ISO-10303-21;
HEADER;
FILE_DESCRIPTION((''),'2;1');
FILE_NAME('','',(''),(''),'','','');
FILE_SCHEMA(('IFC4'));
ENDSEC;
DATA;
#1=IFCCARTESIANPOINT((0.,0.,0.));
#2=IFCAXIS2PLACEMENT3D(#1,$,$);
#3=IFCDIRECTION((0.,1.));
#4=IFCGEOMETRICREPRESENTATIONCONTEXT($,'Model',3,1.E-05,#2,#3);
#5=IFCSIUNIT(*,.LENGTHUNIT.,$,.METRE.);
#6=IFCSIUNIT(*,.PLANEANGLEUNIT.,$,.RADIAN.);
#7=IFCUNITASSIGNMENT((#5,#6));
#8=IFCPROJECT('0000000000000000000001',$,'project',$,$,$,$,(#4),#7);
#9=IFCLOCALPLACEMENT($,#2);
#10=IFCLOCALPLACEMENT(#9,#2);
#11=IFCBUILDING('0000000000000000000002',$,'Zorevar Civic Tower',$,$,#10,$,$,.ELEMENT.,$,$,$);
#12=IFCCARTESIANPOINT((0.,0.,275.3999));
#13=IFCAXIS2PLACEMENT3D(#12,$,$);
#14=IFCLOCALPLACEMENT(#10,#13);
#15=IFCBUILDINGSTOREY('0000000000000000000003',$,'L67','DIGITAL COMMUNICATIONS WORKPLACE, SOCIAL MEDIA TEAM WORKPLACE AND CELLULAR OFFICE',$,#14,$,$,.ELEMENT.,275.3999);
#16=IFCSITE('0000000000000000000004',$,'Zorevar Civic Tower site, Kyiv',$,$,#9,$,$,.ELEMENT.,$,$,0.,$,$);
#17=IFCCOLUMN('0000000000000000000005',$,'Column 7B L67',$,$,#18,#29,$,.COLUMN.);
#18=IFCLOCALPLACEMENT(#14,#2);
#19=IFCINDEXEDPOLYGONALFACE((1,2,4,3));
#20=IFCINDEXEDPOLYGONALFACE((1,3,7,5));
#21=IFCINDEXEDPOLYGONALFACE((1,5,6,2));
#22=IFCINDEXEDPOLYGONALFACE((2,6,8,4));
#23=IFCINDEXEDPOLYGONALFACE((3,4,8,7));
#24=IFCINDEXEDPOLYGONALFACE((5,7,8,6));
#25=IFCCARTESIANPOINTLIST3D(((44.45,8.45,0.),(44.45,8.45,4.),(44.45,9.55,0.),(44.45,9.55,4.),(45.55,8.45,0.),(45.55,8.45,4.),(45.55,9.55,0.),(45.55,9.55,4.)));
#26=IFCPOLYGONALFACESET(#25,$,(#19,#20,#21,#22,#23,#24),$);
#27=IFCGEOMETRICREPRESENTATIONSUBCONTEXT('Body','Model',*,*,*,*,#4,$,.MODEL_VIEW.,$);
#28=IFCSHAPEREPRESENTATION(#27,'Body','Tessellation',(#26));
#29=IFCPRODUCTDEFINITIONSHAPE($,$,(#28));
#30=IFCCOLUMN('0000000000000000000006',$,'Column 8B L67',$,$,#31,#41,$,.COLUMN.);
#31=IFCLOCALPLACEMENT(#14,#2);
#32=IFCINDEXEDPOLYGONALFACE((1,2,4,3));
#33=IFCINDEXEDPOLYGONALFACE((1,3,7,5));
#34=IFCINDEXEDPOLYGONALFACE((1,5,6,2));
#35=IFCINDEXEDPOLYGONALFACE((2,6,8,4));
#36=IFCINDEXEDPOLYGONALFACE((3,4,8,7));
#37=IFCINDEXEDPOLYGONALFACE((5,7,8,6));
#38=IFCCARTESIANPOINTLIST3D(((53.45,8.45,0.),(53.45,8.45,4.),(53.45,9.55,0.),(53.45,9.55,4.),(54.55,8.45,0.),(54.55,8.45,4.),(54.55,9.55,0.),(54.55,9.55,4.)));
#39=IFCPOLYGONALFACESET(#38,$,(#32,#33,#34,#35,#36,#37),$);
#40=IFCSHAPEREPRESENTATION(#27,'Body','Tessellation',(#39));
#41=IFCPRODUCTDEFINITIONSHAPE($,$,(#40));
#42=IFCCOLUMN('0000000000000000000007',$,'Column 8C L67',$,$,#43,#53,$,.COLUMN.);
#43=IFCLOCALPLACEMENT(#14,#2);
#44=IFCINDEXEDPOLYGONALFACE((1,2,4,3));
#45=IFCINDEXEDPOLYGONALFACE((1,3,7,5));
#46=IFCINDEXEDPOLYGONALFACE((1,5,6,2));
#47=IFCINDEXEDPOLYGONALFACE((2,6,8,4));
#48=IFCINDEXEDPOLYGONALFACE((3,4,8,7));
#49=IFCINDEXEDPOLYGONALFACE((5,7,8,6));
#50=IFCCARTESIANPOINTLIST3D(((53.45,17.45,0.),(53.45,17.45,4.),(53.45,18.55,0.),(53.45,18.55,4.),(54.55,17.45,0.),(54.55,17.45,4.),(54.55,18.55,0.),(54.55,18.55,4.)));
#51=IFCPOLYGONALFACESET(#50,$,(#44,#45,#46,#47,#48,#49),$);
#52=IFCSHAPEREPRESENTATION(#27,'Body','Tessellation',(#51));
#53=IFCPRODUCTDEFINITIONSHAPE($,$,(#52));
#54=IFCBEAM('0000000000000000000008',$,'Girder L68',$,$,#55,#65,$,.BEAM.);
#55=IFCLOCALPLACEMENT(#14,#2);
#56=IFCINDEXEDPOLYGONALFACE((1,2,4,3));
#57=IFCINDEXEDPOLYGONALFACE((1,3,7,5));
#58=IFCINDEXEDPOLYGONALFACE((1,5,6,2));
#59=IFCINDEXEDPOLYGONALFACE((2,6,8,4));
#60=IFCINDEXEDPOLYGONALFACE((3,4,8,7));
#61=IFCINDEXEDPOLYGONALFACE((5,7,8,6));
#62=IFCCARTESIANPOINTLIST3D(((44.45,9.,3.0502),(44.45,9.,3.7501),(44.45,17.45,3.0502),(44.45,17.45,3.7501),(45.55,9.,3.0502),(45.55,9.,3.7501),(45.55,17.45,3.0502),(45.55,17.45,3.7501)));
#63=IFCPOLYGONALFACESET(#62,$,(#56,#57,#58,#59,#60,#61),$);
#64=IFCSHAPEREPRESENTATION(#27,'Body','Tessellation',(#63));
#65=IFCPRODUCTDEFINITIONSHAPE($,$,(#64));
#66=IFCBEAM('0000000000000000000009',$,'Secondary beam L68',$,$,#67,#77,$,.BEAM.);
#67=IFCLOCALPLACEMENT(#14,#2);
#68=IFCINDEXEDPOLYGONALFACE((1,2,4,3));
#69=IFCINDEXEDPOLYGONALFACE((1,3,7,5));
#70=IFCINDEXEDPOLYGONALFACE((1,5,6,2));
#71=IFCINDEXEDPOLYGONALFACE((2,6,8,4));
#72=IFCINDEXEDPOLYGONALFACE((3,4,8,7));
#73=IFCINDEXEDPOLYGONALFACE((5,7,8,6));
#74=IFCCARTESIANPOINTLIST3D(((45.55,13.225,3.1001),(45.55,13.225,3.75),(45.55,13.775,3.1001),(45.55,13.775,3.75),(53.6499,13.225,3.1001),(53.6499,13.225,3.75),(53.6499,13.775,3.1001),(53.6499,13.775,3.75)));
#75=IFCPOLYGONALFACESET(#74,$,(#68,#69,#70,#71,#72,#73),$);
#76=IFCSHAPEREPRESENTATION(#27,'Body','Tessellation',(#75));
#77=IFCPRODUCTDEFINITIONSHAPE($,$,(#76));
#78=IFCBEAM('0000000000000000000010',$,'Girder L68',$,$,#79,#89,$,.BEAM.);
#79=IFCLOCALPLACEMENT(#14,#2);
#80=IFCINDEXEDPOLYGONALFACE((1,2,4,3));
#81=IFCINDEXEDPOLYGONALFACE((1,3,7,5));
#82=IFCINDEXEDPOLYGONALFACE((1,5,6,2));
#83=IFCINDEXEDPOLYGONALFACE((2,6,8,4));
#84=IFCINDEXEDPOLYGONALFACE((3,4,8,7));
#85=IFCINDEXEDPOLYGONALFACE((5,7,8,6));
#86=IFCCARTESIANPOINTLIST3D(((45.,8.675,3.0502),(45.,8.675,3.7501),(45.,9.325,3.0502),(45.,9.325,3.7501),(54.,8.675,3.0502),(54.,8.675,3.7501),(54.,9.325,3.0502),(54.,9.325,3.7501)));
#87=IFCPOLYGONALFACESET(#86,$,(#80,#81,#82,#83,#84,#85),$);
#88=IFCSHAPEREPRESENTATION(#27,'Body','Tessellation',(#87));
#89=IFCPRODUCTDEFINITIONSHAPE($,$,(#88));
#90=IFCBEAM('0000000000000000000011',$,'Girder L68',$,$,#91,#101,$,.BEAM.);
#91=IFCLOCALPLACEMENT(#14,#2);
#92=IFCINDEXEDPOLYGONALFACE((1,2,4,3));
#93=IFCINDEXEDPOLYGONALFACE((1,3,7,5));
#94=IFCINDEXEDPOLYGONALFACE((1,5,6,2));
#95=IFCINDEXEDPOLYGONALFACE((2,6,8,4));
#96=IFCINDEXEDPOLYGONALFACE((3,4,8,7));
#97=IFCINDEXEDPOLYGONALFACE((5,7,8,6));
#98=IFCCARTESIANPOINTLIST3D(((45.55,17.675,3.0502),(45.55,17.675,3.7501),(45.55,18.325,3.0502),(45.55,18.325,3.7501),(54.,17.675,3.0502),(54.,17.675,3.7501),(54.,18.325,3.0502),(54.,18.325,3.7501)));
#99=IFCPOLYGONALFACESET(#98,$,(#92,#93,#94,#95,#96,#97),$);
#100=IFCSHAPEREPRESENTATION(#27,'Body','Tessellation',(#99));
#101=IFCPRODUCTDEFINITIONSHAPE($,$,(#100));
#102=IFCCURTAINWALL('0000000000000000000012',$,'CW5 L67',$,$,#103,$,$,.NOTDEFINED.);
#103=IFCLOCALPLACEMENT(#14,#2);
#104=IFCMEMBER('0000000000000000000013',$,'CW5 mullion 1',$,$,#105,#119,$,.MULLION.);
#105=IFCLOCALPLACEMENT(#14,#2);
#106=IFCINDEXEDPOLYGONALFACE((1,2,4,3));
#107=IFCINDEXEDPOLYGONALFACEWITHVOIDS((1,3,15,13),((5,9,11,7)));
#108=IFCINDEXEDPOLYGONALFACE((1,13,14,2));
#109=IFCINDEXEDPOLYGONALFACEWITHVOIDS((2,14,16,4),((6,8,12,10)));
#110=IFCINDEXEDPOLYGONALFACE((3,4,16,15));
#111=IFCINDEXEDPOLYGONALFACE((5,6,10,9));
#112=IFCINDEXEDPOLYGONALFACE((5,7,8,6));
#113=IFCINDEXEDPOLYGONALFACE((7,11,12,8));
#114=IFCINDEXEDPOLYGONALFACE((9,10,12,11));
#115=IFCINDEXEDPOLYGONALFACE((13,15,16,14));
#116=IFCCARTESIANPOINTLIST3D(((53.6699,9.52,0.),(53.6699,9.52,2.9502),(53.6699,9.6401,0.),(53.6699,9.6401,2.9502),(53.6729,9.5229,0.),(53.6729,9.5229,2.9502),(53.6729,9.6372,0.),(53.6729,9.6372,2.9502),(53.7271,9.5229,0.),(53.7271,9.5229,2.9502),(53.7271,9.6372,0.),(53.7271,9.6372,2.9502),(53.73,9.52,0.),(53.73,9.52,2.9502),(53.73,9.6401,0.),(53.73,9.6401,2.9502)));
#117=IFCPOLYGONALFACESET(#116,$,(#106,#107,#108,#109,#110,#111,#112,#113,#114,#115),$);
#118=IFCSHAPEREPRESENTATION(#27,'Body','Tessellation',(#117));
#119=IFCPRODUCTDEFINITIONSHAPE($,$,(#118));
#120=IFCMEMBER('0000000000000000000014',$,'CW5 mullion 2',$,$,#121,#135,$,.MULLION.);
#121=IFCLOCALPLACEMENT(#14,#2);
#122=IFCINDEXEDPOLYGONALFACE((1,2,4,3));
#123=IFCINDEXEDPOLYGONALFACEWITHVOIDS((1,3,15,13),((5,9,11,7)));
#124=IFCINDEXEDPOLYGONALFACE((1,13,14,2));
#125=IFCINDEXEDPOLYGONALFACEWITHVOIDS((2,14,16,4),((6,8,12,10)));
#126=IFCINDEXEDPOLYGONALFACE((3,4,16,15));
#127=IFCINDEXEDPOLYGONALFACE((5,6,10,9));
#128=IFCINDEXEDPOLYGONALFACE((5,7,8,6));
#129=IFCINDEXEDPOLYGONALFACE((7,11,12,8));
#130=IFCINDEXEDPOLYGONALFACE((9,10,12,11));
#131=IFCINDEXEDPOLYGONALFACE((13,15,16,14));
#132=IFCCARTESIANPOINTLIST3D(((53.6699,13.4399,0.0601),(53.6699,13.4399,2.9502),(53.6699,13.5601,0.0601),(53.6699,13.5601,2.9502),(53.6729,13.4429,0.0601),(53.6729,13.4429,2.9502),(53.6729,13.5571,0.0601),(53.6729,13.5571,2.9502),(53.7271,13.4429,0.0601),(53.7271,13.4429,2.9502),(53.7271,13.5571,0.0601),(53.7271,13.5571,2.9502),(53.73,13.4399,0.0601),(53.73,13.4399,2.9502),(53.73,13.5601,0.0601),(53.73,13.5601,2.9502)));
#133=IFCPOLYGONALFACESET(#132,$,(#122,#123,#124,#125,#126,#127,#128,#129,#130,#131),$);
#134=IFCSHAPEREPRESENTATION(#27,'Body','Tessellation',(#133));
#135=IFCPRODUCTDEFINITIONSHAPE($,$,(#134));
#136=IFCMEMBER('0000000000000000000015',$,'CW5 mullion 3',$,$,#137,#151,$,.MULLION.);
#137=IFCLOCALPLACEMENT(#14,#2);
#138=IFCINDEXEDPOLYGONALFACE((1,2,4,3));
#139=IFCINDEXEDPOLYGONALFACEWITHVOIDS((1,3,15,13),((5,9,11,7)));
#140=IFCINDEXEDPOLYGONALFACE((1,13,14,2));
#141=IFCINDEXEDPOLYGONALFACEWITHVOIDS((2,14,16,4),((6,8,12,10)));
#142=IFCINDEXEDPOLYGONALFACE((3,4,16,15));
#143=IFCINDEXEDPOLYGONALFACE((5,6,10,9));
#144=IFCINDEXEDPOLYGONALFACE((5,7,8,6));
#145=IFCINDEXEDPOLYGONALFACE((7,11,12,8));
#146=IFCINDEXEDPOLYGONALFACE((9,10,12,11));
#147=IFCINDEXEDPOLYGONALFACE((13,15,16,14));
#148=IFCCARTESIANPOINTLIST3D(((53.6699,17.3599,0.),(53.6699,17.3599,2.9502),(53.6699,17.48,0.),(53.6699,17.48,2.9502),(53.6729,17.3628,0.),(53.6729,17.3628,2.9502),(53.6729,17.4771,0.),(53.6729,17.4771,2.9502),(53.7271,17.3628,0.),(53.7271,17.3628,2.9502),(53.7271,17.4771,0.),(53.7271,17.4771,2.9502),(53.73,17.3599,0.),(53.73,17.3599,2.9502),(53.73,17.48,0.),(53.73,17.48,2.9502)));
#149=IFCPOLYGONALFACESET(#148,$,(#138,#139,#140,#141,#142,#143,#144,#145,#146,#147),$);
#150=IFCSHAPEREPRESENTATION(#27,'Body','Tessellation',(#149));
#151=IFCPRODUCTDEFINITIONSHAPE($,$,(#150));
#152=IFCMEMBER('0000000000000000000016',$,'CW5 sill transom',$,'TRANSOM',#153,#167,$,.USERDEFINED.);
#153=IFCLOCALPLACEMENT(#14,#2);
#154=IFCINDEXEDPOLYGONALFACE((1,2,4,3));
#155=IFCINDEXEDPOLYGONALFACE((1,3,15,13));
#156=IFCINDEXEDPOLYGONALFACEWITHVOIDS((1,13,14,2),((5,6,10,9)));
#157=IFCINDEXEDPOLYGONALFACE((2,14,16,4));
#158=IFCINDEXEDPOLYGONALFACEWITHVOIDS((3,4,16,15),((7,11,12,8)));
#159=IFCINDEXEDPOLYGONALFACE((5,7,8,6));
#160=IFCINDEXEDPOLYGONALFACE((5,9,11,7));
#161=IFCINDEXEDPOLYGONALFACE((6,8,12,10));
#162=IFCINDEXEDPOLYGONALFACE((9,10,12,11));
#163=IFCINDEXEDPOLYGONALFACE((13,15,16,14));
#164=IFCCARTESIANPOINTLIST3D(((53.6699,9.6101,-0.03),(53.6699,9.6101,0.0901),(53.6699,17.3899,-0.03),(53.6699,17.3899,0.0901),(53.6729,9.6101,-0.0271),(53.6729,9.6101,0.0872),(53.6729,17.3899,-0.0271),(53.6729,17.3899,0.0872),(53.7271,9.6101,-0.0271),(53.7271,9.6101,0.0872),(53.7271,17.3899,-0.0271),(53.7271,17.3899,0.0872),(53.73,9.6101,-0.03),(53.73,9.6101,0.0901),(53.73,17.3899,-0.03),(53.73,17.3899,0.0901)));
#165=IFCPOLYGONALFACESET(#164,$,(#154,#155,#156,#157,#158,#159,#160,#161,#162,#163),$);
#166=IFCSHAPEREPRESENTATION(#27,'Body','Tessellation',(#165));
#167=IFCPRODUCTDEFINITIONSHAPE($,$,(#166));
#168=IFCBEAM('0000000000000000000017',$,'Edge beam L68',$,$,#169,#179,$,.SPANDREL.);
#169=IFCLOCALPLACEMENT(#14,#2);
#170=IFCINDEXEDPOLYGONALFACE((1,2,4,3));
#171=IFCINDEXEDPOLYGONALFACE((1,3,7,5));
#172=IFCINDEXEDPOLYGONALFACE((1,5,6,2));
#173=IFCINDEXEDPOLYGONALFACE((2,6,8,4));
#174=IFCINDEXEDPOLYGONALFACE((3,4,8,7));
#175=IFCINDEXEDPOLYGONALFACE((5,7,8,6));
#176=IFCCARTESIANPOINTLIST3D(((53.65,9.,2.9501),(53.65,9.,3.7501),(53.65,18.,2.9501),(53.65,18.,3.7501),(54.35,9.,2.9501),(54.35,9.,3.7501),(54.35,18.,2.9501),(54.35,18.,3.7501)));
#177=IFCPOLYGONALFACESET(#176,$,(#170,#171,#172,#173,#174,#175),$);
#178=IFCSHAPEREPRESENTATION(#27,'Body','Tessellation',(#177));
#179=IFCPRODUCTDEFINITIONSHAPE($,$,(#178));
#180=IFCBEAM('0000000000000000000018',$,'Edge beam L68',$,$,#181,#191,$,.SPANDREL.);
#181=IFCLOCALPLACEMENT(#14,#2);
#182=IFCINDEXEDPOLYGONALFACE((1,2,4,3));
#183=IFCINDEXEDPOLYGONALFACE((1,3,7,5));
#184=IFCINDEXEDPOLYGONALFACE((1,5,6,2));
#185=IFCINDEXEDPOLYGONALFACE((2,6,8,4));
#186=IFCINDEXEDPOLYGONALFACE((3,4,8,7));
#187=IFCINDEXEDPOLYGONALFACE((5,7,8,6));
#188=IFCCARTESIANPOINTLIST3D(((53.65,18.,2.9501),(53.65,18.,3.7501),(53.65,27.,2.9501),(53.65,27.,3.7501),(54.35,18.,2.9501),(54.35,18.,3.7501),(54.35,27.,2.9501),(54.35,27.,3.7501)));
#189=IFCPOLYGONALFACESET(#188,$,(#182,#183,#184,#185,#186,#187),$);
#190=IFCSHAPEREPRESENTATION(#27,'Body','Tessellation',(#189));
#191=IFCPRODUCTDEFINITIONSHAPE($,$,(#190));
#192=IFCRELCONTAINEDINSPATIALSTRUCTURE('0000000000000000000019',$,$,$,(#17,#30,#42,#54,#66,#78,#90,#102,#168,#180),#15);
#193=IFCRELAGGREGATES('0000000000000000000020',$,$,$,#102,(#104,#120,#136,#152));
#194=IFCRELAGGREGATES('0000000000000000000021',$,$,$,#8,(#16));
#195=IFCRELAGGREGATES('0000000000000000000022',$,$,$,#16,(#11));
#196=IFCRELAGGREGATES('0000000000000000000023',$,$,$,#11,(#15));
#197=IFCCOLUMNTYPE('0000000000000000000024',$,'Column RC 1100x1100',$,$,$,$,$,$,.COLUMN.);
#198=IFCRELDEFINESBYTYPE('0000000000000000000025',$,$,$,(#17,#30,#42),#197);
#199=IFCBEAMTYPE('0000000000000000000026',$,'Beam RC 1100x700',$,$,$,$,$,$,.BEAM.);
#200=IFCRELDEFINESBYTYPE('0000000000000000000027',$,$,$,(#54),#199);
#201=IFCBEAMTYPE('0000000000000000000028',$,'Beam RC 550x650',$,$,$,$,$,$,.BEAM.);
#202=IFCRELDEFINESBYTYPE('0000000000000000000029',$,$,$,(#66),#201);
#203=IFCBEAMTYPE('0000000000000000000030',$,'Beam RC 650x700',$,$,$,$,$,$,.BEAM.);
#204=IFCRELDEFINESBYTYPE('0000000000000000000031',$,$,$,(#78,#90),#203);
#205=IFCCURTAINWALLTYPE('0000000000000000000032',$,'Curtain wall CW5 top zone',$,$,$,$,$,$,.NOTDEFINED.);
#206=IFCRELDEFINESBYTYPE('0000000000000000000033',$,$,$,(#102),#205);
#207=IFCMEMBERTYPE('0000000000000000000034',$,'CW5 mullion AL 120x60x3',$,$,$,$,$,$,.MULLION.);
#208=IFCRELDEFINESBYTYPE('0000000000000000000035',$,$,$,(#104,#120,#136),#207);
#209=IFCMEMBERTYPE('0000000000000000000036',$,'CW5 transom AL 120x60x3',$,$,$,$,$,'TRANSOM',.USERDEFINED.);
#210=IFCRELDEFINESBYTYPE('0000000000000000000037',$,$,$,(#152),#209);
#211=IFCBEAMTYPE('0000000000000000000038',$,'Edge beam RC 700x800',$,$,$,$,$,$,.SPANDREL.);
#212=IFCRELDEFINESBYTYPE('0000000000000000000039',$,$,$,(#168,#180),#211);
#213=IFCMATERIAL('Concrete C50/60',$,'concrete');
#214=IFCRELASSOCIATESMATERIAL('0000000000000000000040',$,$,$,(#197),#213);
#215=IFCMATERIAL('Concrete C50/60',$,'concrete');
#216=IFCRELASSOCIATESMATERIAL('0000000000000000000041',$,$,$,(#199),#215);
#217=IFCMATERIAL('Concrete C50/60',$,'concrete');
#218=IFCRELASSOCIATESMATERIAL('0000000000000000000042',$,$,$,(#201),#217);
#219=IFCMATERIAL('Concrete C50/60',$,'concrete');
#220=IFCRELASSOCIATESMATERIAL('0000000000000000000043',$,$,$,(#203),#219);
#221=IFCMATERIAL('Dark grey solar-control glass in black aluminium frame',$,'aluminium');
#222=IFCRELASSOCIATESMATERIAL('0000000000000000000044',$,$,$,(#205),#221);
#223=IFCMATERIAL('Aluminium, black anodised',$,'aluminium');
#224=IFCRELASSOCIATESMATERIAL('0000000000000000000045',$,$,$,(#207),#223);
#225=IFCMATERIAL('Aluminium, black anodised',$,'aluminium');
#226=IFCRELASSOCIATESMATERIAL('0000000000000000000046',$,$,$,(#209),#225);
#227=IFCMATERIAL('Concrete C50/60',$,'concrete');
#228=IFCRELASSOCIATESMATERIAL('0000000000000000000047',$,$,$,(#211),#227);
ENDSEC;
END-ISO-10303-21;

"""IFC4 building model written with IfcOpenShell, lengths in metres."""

from ifc_helpers import new_model, si_unit, direction, frame, origin, origin_2d, place, context, subcontext, project, spatial, rectangle, hollow_rectangle, extrude, material, material_profile, profile_set, type_object, element, aggregate, save


model = new_model("IFC4")

# Units and contexts
model_context = context("Model", 3, precision=1e-05, world=origin(), true_north=direction((0.0, 1.0)))
body_context = subcontext(model_context, "Body", "Model", "MODEL_VIEW")
ifc_project = project(units=[si_unit("LENGTHUNIT", "METRE"), si_unit("PLANEANGLEUNIT", "RADIAN")], contexts=[model_context])

# Site, building, storey
site_placement = place(None, origin())
site = spatial("IfcSite", under=ifc_project, at=site_placement, Name="Zorevar Civic Tower site, Kyiv", CompositionType="ELEMENT", RefElevation=0.0)
building_placement = place(site_placement, origin())
building = spatial("IfcBuilding", under=site, at=building_placement, Name="Zorevar Civic Tower", CompositionType="ELEMENT")
storey_placement = place(building_placement, frame((0.0, 0.0, 275.3999)))
storey = spatial("IfcBuildingStorey", under=building, at=storey_placement, Name="L67", Description="DIGITAL COMMUNICATIONS WORKPLACE, SOCIAL MEDIA TEAM WORKPLACE AND CELLULAR OFFICE", CompositionType="ELEMENT", Elevation=275.3999)

# Columns
ifc_material_1 = material(Name="Concrete C50/60", Category="concrete")
ifc_material_profile_1 = material_profile(ifc_material_1, rectangle(XDim=1.1001, YDim=1.1001, at=origin_2d()), Name="RC 1100x1100")
ifc_profile_set_1 = profile_set([ifc_material_profile_1], Name="Concrete C50/60")
column_type = type_object("IfcColumnType", Name="Column RC 1100x1100", PredefinedType="COLUMN", material=ifc_profile_set_1)
for number, where, z_axis, x_axis, name in (
    (1, (45.0, 9.0, 0.0), (0.0, 0.0, 1.0), (1.0, 0.0, 0.0), "Column 7B L67"),
    (2, (54.0, 9.0, 0.0), (0.0, 0.0, 1.0), (1.0, 0.0, 0.0), "Column 8B L67"),
    (3, (54.0, 18.0, 0.0), (0.0, 0.0, 1.0), (1.0, 0.0, 0.0), "Column 8C L67"),
):
    element("IfcColumn", number, at=place(storey_placement, frame(where, z_axis=z_axis, x_axis=x_axis)), inside=storey, type_object=column_type, Name=name, PredefinedType="COLUMN", context=body_context, shape_type="SweptSolid", body=[
        extrude(rectangle(XDim=1.1001, YDim=1.1001, at=origin_2d()), origin(), (0.0, 0.0, 1.0), 4.0),
    ])

# Beams
ifc_material_2 = material(Name="Concrete C50/60", Category="concrete")
ifc_material_profile_2 = material_profile(ifc_material_2, rectangle(XDim=1.1001, YDim=0.7, at=origin_2d()), Name="RC 1100x700")
ifc_profile_set_2 = profile_set([ifc_material_profile_2], Name="Concrete C50/60")
beam_type_1 = type_object("IfcBeamType", Name="Beam RC 1100x700", PredefinedType="BEAM", material=ifc_profile_set_2)
beam_1_placement = place(storey_placement, frame((45.0, 9.0, 3.4001), z_axis=(0.0, 1.0, 0.0), x_axis=(-1.0, 0.0, 0.0)))
element("IfcBeam", 4, at=beam_1_placement, inside=storey, type_object=beam_type_1, Name="Girder L68", PredefinedType="BEAM", context=body_context, shape_type="SweptSolid", body=[
    extrude(rectangle(XDim=1.1001, YDim=0.7, at=origin_2d()), origin(), (0.0, 0.0, 1.0), 8.45),
])
ifc_material_3 = material(Name="Concrete C50/60", Category="concrete")
ifc_material_profile_3 = material_profile(ifc_material_3, rectangle(XDim=0.55, YDim=0.6499, at=origin_2d()), Name="RC 550x650")
ifc_profile_set_3 = profile_set([ifc_material_profile_3], Name="Concrete C50/60")
beam_type_2 = type_object("IfcBeamType", Name="Beam RC 550x650", PredefinedType="BEAM", material=ifc_profile_set_3)
beam_2_placement = place(storey_placement, frame((45.55, 13.5, 3.425), z_axis=(1.0, 0.0, 0.0), x_axis=(0.0, 1.0, 0.0)))
element("IfcBeam", 5, at=beam_2_placement, inside=storey, type_object=beam_type_2, Name="Secondary beam L68", PredefinedType="BEAM", context=body_context, shape_type="SweptSolid", body=[
    extrude(rectangle(XDim=0.55, YDim=0.6499, at=origin_2d()), origin(), (0.0, 0.0, 1.0), 8.0999),
])
ifc_material_4 = material(Name="Concrete C50/60", Category="concrete")
ifc_material_profile_4 = material_profile(ifc_material_4, rectangle(XDim=0.6499, YDim=0.7, at=origin_2d()), Name="RC 650x700")
ifc_profile_set_4 = profile_set([ifc_material_profile_4], Name="Concrete C50/60")
beam_type_3 = type_object("IfcBeamType", Name="Beam RC 650x700", PredefinedType="BEAM", material=ifc_profile_set_4)
beam_3_placement = place(storey_placement, frame((45.0, 9.0, 3.4001), z_axis=(1.0, 0.0, 0.0), x_axis=(0.0, 1.0, 0.0)))
element("IfcBeam", 6, at=beam_3_placement, inside=storey, type_object=beam_type_3, Name="Girder L68", PredefinedType="BEAM", context=body_context, shape_type="SweptSolid", body=[
    extrude(rectangle(XDim=0.6499, YDim=0.7, at=origin_2d()), origin(), (0.0, 0.0, 1.0), 9.0),
])
beam_4_placement = place(storey_placement, frame((45.55, 18.0, 3.4001), z_axis=(1.0, 0.0, 0.0), x_axis=(0.0, 1.0, 0.0)))
element("IfcBeam", 7, at=beam_4_placement, inside=storey, type_object=beam_type_3, Name="Girder L68", PredefinedType="BEAM", context=body_context, shape_type="SweptSolid", body=[
    extrude(rectangle(XDim=0.6499, YDim=0.7, at=origin_2d()), origin(), (0.0, 0.0, 1.0), 8.45),
])

# Curtain wall, members
ifc_material_5 = material(Name="Dark grey solar-control glass in black aluminium frame", Category="aluminium")
curtain_wall_type = type_object("IfcCurtainWallType", Name="Curtain wall CW5 top zone", PredefinedType="NOTDEFINED", material=ifc_material_5)
curtain_wall_placement = place(storey_placement, origin())
curtain_wall = element("IfcCurtainWall", 8, at=curtain_wall_placement, inside=storey, type_object=curtain_wall_type, Name="CW5 L67", PredefinedType="NOTDEFINED")
ifc_material_6 = material(Name="Aluminium, black anodised", Category="aluminium")
ifc_material_profile_5 = material_profile(ifc_material_6, hollow_rectangle(XDim=0.0601, YDim=0.1201, WallThickness=0.0029, at=origin_2d()), Name="AL 120x60x3")
ifc_profile_set_5 = profile_set([ifc_material_profile_5], Name="Aluminium, black anodised")
member_type_1 = type_object("IfcMemberType", Name="CW5 mullion AL 120x60x3", PredefinedType="MULLION", material=ifc_profile_set_5)
member_1_placement = place(storey_placement, frame((53.7, 9.5801, 0.0), z_axis=(0.0, 0.0, 1.0), x_axis=(-1.0, 0.0, 0.0)))
member_1 = element("IfcMember", 9, at=member_1_placement, type_object=member_type_1, Name="CW5 mullion 1", PredefinedType="MULLION", context=body_context, shape_type="SweptSolid", body=[
    extrude(hollow_rectangle(XDim=0.0601, YDim=0.1201, WallThickness=0.0029, at=origin_2d()), origin(), (0.0, 0.0, 1.0), 2.9502),
])
member_2_placement = place(storey_placement, frame((53.7, 13.5, 0.0601), z_axis=(0.0, 0.0, 1.0), x_axis=(-1.0, 0.0, 0.0)))
member_2 = element("IfcMember", 10, at=member_2_placement, type_object=member_type_1, Name="CW5 mullion 2", PredefinedType="MULLION", context=body_context, shape_type="SweptSolid", body=[
    extrude(hollow_rectangle(XDim=0.0601, YDim=0.1201, WallThickness=0.0029, at=origin_2d()), origin(), (0.0, 0.0, 1.0), 2.8901),
])
member_3_placement = place(storey_placement, frame((53.7, 17.4199, 0.0), z_axis=(0.0, 0.0, 1.0), x_axis=(-1.0, 0.0, 0.0)))
member_3 = element("IfcMember", 11, at=member_3_placement, type_object=member_type_1, Name="CW5 mullion 3", PredefinedType="MULLION", context=body_context, shape_type="SweptSolid", body=[
    extrude(hollow_rectangle(XDim=0.0601, YDim=0.1201, WallThickness=0.0029, at=origin_2d()), origin(), (0.0, 0.0, 1.0), 2.9502),
])
ifc_material_7 = material(Name="Aluminium, black anodised", Category="aluminium")
ifc_material_profile_6 = material_profile(ifc_material_7, hollow_rectangle(XDim=0.0601, YDim=0.1201, WallThickness=0.0029, at=origin_2d()), Name="AL 120x60x3")
ifc_profile_set_6 = profile_set([ifc_material_profile_6], Name="Aluminium, black anodised")
member_type_2 = type_object("IfcMemberType", Name="CW5 transom AL 120x60x3", ElementType="TRANSOM", PredefinedType="USERDEFINED", material=ifc_profile_set_6)
member_4_placement = place(storey_placement, frame((53.7, 9.6101, 0.03), z_axis=(0.0, 1.0, 0.0), x_axis=(-1.0, 0.0, 0.0)))
member_4 = element("IfcMember", 12, at=member_4_placement, type_object=member_type_2, Name="CW5 sill transom", ObjectType="TRANSOM", PredefinedType="USERDEFINED", context=body_context, shape_type="SweptSolid", body=[
    extrude(hollow_rectangle(XDim=0.0601, YDim=0.1201, WallThickness=0.0029, at=origin_2d()), origin(), (0.0, 0.0, 1.0), 7.7798),
])

# Beams
ifc_material_8 = material(Name="Concrete C50/60", Category="concrete")
ifc_material_profile_7 = material_profile(ifc_material_8, rectangle(XDim=0.7, YDim=0.8, at=origin_2d()), Name="RC 700x800")
ifc_profile_set_7 = profile_set([ifc_material_profile_7], Name="Concrete C50/60")
beam_type_4 = type_object("IfcBeamType", Name="Edge beam RC 700x800", PredefinedType="SPANDREL", material=ifc_profile_set_7)
for number, where, z_axis, x_axis, name in (
    (13, (54.0, 9.0, 3.3501), (0.0, 1.0, 0.0), (-1.0, 0.0, 0.0), "Edge beam L68"),
    (14, (54.0, 18.0, 3.3501), (0.0, 1.0, 0.0), (-1.0, 0.0, 0.0), "Edge beam L68"),
):
    element("IfcBeam", number, at=place(storey_placement, frame(where, z_axis=z_axis, x_axis=x_axis)), inside=storey, type_object=beam_type_4, Name=name, PredefinedType="SPANDREL", context=body_context, shape_type="SweptSolid", body=[
        extrude(rectangle(XDim=0.7, YDim=0.8, at=origin_2d()), origin(), (0.0, 0.0, 1.0), 9.0),
    ])

aggregate(curtain_wall, [member_1, member_2, member_3, member_4])

save(model, "model.ifc")
